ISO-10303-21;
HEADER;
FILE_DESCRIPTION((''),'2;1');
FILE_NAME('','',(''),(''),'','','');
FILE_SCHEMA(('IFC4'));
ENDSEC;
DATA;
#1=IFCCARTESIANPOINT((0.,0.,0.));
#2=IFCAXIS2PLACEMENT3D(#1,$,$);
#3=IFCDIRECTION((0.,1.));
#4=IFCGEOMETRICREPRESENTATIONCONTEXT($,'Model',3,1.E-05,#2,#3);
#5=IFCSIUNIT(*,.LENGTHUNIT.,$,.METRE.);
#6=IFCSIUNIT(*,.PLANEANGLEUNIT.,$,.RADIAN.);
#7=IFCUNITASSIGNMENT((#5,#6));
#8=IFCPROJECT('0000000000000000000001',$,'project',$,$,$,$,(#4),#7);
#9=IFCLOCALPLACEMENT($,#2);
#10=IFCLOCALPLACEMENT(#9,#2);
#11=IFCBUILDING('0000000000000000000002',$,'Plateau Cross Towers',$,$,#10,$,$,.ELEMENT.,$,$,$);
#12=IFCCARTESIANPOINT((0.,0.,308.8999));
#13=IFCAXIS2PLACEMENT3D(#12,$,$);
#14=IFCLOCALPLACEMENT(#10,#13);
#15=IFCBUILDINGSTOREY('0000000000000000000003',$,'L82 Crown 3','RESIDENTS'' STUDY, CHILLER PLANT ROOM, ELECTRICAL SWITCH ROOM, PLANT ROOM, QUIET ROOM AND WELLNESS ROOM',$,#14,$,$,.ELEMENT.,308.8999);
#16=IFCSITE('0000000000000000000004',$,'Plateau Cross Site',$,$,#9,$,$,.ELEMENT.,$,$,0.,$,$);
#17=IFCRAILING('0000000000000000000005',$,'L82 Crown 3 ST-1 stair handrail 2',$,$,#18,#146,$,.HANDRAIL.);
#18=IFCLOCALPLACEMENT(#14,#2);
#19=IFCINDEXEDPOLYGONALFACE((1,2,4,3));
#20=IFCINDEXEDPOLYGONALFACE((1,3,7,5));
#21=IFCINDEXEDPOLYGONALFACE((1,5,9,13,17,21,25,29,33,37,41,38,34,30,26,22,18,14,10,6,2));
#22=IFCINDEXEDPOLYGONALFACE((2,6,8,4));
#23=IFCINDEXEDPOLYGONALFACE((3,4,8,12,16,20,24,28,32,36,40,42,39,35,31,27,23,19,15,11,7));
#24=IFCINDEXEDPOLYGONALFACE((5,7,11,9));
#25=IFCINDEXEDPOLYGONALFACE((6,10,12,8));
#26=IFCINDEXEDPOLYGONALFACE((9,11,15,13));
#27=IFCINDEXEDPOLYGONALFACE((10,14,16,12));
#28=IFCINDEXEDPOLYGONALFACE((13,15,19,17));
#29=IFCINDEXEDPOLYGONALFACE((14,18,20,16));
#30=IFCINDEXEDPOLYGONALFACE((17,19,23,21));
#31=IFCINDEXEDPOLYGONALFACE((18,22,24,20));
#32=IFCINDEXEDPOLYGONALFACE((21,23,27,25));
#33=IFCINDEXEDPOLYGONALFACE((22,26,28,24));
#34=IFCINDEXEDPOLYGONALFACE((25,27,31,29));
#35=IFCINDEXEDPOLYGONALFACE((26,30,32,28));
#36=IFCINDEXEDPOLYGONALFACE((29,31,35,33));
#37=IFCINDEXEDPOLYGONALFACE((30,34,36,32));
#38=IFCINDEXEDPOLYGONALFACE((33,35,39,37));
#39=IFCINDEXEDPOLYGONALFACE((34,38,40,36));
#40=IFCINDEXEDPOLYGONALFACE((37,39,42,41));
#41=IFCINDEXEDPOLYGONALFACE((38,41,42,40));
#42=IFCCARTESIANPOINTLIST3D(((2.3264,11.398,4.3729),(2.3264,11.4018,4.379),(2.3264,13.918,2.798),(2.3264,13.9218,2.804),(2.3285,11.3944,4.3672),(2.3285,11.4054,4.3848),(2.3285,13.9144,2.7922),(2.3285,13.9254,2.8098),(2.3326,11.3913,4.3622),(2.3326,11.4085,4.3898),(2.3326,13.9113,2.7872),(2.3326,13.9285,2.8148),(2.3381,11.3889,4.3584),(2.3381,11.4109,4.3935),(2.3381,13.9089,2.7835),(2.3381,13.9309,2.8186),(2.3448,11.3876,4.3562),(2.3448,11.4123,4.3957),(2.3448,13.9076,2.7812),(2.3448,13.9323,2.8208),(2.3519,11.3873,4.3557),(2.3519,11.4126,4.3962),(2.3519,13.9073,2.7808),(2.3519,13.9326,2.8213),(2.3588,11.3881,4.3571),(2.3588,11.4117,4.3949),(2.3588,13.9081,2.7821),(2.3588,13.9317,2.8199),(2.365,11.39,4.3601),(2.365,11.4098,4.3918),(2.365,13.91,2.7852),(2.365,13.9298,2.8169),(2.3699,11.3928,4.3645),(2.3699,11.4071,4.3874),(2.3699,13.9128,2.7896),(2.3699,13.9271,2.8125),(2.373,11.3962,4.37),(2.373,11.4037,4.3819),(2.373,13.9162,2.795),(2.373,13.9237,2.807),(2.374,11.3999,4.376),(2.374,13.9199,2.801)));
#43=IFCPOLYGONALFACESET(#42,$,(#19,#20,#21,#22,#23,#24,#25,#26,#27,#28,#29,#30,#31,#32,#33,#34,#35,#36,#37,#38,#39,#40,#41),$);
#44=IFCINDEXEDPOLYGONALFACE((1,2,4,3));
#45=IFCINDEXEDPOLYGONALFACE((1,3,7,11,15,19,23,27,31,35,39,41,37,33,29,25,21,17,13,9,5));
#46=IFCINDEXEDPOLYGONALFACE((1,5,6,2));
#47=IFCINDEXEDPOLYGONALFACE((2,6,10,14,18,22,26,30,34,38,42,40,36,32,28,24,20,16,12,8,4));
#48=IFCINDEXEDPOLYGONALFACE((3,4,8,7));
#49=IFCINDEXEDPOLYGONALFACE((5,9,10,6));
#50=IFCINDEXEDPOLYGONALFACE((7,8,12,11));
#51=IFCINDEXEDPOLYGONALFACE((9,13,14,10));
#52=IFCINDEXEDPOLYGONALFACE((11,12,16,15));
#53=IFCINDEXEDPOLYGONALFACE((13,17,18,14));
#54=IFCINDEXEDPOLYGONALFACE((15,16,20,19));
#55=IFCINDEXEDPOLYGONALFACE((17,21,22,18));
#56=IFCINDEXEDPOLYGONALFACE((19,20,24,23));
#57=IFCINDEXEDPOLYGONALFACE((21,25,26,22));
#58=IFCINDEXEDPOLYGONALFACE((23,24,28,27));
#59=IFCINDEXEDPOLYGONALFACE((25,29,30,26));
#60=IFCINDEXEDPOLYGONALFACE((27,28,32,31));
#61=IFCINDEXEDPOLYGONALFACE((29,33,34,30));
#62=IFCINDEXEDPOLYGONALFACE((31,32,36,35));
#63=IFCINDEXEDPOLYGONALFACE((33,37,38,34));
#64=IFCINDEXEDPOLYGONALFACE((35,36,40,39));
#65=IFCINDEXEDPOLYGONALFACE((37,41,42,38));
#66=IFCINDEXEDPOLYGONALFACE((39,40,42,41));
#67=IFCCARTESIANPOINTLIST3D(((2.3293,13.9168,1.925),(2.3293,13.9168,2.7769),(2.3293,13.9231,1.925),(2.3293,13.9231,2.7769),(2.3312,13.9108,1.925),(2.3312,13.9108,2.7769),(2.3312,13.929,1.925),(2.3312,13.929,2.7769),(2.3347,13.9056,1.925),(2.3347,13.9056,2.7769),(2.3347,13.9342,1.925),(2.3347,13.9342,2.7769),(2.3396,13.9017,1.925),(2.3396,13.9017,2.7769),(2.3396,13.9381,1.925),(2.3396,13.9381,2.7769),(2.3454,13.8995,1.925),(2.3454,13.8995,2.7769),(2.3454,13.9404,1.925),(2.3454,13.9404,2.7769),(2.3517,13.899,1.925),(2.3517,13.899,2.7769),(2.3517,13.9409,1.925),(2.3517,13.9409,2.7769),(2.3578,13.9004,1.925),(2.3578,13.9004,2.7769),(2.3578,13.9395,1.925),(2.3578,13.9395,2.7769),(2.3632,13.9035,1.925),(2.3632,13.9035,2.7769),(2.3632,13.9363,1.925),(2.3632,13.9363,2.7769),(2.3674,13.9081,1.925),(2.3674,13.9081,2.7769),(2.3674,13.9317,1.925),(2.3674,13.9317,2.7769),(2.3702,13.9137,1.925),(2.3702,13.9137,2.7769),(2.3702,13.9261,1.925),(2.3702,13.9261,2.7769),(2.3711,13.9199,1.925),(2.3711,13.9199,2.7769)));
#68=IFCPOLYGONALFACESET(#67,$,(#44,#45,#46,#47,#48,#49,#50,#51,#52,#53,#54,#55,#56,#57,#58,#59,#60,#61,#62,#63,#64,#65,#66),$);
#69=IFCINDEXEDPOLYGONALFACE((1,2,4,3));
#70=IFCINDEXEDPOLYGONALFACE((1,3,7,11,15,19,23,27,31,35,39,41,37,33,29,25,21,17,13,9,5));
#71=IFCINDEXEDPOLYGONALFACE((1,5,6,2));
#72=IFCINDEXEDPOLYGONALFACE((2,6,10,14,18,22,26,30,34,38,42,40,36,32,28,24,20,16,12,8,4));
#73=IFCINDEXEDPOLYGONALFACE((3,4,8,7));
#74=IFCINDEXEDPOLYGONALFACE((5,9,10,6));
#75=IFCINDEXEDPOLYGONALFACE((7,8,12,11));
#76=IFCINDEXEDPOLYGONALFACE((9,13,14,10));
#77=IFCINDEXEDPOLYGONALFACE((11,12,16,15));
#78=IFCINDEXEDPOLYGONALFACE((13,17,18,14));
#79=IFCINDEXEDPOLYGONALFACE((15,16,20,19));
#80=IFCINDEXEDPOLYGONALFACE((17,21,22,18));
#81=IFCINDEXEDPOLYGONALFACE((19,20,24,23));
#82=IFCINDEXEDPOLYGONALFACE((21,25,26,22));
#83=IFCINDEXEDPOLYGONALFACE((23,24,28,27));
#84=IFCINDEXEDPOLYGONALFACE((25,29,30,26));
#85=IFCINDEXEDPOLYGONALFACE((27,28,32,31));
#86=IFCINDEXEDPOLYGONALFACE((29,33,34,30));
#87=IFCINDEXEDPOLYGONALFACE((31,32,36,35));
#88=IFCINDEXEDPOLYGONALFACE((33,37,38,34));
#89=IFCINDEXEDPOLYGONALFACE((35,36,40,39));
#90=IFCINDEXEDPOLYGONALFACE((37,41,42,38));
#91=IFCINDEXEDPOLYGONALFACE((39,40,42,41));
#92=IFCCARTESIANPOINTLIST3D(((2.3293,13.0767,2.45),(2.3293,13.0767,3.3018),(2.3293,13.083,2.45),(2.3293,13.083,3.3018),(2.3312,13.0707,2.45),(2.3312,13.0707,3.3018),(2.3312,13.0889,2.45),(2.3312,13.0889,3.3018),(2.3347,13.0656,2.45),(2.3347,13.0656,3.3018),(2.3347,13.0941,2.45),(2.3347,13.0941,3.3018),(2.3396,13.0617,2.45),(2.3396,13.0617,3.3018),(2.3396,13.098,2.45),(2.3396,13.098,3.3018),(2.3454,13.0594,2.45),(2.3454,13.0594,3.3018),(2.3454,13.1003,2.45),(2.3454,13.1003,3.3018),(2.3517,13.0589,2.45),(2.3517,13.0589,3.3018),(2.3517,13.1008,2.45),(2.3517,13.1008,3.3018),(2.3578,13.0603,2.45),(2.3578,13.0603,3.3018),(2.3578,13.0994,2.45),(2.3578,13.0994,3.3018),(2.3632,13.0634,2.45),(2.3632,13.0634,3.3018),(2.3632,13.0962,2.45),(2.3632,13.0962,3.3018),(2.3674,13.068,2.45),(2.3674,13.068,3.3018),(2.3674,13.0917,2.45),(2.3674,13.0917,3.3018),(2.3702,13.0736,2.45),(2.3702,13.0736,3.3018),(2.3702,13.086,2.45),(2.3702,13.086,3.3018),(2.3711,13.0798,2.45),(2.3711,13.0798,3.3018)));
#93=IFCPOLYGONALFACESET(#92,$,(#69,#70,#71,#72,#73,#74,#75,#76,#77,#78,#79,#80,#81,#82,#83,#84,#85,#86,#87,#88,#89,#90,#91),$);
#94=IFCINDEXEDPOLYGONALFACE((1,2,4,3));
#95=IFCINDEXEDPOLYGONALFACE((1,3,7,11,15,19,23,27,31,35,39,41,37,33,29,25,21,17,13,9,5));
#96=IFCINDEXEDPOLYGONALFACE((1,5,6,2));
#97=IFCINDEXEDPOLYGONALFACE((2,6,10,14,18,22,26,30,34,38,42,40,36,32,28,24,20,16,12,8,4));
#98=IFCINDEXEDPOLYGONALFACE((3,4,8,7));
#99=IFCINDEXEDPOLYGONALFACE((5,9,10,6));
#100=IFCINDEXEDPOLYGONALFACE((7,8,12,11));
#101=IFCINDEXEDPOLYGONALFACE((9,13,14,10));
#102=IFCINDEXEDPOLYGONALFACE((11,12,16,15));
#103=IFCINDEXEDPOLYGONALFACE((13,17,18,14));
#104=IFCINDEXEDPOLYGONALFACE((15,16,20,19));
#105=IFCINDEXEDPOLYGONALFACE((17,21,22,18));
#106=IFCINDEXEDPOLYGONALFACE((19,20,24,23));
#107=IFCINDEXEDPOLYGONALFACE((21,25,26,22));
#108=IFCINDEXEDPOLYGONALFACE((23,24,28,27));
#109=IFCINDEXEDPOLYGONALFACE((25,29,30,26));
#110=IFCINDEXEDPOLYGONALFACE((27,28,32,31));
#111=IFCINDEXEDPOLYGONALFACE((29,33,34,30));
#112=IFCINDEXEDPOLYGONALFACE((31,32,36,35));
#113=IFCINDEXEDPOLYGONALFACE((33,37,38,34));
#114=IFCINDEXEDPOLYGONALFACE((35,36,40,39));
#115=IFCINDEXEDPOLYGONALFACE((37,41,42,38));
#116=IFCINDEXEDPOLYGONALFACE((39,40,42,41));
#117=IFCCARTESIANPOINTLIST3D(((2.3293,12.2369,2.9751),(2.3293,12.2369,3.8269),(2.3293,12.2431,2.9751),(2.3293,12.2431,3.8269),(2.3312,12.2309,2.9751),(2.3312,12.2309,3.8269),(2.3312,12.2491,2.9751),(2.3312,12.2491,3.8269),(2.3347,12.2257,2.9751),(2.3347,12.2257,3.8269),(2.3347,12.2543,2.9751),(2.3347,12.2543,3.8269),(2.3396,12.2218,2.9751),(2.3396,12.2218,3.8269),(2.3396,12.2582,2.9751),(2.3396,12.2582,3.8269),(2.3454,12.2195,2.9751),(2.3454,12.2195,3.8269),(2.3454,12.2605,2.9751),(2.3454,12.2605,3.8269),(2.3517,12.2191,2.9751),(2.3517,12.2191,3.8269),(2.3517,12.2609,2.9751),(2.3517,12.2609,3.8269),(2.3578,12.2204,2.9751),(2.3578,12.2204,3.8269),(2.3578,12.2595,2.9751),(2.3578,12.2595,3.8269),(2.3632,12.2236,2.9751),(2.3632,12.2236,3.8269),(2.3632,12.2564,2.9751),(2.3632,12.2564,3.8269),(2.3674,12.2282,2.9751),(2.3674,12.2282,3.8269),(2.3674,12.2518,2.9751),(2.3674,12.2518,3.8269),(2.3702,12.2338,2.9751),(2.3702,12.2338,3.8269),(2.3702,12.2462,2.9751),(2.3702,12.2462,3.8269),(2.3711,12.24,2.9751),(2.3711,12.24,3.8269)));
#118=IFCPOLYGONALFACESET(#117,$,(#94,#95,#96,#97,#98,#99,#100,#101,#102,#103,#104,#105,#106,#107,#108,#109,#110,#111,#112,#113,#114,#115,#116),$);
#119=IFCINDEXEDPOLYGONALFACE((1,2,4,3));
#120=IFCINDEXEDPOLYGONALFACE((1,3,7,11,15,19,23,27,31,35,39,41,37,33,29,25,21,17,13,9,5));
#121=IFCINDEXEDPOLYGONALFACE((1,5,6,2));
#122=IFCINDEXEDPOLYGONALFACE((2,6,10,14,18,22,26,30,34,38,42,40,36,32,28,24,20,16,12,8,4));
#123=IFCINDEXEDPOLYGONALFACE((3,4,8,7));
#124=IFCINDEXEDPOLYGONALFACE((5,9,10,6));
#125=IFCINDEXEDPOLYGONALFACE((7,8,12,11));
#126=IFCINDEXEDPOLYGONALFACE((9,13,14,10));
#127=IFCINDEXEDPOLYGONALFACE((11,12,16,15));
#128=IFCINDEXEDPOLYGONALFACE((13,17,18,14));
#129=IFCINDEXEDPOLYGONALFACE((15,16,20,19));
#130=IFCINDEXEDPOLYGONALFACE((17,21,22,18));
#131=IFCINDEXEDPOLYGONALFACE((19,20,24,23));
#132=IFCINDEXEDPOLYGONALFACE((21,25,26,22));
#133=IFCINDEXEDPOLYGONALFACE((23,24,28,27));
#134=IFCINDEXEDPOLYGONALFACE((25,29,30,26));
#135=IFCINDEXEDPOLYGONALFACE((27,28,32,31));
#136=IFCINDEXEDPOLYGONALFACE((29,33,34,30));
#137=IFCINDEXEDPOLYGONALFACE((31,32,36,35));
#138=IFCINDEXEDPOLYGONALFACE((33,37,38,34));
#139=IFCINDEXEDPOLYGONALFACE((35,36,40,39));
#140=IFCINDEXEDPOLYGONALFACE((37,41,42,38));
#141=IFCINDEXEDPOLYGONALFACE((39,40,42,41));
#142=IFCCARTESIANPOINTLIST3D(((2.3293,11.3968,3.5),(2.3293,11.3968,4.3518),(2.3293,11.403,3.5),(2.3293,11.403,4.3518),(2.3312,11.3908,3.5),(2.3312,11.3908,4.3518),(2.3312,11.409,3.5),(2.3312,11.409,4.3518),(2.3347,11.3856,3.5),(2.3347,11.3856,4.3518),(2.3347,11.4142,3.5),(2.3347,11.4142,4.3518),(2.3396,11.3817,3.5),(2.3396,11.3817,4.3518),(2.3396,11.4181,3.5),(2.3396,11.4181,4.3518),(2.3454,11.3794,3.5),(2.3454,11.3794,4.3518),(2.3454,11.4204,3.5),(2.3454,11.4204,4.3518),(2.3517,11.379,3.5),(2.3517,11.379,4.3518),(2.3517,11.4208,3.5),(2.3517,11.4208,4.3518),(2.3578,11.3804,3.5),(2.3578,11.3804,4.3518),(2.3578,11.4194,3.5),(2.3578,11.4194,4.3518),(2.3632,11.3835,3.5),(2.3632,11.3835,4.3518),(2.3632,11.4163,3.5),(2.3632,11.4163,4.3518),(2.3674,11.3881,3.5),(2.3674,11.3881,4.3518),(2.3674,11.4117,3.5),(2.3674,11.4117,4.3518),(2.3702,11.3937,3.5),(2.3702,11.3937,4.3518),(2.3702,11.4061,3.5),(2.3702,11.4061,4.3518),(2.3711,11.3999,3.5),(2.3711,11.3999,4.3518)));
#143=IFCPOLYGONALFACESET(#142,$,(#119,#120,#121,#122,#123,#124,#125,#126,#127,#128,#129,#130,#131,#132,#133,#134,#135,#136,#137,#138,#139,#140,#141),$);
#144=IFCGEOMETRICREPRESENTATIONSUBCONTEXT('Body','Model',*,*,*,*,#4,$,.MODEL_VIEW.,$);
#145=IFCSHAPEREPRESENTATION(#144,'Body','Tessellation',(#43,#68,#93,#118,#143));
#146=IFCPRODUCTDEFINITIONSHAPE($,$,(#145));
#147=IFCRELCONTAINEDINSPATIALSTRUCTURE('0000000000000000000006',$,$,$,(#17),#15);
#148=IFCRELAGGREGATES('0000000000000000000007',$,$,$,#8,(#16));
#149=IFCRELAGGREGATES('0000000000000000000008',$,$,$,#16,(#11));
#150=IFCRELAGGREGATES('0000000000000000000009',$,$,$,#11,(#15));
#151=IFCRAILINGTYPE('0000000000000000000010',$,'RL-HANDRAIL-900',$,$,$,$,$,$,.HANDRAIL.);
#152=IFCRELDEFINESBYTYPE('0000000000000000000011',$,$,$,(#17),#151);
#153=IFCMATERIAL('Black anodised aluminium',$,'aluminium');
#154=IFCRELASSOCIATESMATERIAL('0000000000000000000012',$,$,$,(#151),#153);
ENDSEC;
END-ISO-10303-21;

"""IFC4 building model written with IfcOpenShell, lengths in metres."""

from ifc_helpers import new_model, si_unit, direction, frame, origin, origin_2d, place, context, subcontext, project, spatial, circle, extrude, material, type_object, element, save


model = new_model("IFC4")

# Units and contexts
model_context = context("Model", 3, precision=1e-05, world=origin(), true_north=direction((0.0, 1.0)))
body_context = subcontext(model_context, "Body", "Model", "MODEL_VIEW")
ifc_project = project(units=[si_unit("LENGTHUNIT", "METRE"), si_unit("PLANEANGLEUNIT", "RADIAN")], contexts=[model_context])

# Site, building, storey
site_placement = place(None, origin())
site = spatial("IfcSite", under=ifc_project, at=site_placement, Name="Plateau Cross Site", CompositionType="ELEMENT", RefElevation=0.0)
building_placement = place(site_placement, origin())
building = spatial("IfcBuilding", under=site, at=building_placement, Name="Plateau Cross Towers", CompositionType="ELEMENT")
storey_placement = place(building_placement, frame((0.0, 0.0, 308.8999)))
storey = spatial("IfcBuildingStorey", under=building, at=storey_placement, Name="L82 Crown 3", Description="RESIDENTS' STUDY, CHILLER PLANT ROOM, ELECTRICAL SWITCH ROOM, PLANT ROOM, QUIET ROOM AND WELLNESS ROOM", CompositionType="ELEMENT", Elevation=308.8999)

# Shared definitions
ifc_material_1 = material(Name="Black anodised aluminium", Category="aluminium")

# Railing
railing_type_1 = type_object("IfcRailingType", Name="RL-HANDRAIL-900", PredefinedType="HANDRAIL", material=ifc_material_1)
railing_1_placement = place(storey_placement, frame((2.3501, 13.9199, 1.925)))
element("IfcRailing", 1, at=railing_1_placement, inside=storey, type_object=railing_type_1, Name="L82 Crown 3 ST-1 stair handrail 2", PredefinedType="HANDRAIL", context=body_context, shape_type="SweptSolid", body=[
    extrude(circle(Radius=0.0239, at=origin_2d()), frame((0.0, 0.0, 0.876), z_axis=(0.0, -0.848008, 0.529984), x_axis=(1.0, 0.0, 0.0)), (0.0, 0.0, 1.0), 2.9717),
    extrude(circle(Radius=0.021, at=origin_2d()), origin(), (0.0, 0.0, 1.0), 0.8518),
    extrude(circle(Radius=0.021, at=origin_2d()), frame((0.0, -0.8401, 0.5249)), (0.0, 0.0, 1.0), 0.8518),
    extrude(circle(Radius=0.021, at=origin_2d()), frame((0.0, -1.6799, 1.05)), (0.0, 0.0, 1.0), 0.8518),
    extrude(circle(Radius=0.021, at=origin_2d()), frame((0.0, -2.52, 1.575)), (0.0, 0.0, 1.0), 0.8518),
])

save(model, "model.ifc")
